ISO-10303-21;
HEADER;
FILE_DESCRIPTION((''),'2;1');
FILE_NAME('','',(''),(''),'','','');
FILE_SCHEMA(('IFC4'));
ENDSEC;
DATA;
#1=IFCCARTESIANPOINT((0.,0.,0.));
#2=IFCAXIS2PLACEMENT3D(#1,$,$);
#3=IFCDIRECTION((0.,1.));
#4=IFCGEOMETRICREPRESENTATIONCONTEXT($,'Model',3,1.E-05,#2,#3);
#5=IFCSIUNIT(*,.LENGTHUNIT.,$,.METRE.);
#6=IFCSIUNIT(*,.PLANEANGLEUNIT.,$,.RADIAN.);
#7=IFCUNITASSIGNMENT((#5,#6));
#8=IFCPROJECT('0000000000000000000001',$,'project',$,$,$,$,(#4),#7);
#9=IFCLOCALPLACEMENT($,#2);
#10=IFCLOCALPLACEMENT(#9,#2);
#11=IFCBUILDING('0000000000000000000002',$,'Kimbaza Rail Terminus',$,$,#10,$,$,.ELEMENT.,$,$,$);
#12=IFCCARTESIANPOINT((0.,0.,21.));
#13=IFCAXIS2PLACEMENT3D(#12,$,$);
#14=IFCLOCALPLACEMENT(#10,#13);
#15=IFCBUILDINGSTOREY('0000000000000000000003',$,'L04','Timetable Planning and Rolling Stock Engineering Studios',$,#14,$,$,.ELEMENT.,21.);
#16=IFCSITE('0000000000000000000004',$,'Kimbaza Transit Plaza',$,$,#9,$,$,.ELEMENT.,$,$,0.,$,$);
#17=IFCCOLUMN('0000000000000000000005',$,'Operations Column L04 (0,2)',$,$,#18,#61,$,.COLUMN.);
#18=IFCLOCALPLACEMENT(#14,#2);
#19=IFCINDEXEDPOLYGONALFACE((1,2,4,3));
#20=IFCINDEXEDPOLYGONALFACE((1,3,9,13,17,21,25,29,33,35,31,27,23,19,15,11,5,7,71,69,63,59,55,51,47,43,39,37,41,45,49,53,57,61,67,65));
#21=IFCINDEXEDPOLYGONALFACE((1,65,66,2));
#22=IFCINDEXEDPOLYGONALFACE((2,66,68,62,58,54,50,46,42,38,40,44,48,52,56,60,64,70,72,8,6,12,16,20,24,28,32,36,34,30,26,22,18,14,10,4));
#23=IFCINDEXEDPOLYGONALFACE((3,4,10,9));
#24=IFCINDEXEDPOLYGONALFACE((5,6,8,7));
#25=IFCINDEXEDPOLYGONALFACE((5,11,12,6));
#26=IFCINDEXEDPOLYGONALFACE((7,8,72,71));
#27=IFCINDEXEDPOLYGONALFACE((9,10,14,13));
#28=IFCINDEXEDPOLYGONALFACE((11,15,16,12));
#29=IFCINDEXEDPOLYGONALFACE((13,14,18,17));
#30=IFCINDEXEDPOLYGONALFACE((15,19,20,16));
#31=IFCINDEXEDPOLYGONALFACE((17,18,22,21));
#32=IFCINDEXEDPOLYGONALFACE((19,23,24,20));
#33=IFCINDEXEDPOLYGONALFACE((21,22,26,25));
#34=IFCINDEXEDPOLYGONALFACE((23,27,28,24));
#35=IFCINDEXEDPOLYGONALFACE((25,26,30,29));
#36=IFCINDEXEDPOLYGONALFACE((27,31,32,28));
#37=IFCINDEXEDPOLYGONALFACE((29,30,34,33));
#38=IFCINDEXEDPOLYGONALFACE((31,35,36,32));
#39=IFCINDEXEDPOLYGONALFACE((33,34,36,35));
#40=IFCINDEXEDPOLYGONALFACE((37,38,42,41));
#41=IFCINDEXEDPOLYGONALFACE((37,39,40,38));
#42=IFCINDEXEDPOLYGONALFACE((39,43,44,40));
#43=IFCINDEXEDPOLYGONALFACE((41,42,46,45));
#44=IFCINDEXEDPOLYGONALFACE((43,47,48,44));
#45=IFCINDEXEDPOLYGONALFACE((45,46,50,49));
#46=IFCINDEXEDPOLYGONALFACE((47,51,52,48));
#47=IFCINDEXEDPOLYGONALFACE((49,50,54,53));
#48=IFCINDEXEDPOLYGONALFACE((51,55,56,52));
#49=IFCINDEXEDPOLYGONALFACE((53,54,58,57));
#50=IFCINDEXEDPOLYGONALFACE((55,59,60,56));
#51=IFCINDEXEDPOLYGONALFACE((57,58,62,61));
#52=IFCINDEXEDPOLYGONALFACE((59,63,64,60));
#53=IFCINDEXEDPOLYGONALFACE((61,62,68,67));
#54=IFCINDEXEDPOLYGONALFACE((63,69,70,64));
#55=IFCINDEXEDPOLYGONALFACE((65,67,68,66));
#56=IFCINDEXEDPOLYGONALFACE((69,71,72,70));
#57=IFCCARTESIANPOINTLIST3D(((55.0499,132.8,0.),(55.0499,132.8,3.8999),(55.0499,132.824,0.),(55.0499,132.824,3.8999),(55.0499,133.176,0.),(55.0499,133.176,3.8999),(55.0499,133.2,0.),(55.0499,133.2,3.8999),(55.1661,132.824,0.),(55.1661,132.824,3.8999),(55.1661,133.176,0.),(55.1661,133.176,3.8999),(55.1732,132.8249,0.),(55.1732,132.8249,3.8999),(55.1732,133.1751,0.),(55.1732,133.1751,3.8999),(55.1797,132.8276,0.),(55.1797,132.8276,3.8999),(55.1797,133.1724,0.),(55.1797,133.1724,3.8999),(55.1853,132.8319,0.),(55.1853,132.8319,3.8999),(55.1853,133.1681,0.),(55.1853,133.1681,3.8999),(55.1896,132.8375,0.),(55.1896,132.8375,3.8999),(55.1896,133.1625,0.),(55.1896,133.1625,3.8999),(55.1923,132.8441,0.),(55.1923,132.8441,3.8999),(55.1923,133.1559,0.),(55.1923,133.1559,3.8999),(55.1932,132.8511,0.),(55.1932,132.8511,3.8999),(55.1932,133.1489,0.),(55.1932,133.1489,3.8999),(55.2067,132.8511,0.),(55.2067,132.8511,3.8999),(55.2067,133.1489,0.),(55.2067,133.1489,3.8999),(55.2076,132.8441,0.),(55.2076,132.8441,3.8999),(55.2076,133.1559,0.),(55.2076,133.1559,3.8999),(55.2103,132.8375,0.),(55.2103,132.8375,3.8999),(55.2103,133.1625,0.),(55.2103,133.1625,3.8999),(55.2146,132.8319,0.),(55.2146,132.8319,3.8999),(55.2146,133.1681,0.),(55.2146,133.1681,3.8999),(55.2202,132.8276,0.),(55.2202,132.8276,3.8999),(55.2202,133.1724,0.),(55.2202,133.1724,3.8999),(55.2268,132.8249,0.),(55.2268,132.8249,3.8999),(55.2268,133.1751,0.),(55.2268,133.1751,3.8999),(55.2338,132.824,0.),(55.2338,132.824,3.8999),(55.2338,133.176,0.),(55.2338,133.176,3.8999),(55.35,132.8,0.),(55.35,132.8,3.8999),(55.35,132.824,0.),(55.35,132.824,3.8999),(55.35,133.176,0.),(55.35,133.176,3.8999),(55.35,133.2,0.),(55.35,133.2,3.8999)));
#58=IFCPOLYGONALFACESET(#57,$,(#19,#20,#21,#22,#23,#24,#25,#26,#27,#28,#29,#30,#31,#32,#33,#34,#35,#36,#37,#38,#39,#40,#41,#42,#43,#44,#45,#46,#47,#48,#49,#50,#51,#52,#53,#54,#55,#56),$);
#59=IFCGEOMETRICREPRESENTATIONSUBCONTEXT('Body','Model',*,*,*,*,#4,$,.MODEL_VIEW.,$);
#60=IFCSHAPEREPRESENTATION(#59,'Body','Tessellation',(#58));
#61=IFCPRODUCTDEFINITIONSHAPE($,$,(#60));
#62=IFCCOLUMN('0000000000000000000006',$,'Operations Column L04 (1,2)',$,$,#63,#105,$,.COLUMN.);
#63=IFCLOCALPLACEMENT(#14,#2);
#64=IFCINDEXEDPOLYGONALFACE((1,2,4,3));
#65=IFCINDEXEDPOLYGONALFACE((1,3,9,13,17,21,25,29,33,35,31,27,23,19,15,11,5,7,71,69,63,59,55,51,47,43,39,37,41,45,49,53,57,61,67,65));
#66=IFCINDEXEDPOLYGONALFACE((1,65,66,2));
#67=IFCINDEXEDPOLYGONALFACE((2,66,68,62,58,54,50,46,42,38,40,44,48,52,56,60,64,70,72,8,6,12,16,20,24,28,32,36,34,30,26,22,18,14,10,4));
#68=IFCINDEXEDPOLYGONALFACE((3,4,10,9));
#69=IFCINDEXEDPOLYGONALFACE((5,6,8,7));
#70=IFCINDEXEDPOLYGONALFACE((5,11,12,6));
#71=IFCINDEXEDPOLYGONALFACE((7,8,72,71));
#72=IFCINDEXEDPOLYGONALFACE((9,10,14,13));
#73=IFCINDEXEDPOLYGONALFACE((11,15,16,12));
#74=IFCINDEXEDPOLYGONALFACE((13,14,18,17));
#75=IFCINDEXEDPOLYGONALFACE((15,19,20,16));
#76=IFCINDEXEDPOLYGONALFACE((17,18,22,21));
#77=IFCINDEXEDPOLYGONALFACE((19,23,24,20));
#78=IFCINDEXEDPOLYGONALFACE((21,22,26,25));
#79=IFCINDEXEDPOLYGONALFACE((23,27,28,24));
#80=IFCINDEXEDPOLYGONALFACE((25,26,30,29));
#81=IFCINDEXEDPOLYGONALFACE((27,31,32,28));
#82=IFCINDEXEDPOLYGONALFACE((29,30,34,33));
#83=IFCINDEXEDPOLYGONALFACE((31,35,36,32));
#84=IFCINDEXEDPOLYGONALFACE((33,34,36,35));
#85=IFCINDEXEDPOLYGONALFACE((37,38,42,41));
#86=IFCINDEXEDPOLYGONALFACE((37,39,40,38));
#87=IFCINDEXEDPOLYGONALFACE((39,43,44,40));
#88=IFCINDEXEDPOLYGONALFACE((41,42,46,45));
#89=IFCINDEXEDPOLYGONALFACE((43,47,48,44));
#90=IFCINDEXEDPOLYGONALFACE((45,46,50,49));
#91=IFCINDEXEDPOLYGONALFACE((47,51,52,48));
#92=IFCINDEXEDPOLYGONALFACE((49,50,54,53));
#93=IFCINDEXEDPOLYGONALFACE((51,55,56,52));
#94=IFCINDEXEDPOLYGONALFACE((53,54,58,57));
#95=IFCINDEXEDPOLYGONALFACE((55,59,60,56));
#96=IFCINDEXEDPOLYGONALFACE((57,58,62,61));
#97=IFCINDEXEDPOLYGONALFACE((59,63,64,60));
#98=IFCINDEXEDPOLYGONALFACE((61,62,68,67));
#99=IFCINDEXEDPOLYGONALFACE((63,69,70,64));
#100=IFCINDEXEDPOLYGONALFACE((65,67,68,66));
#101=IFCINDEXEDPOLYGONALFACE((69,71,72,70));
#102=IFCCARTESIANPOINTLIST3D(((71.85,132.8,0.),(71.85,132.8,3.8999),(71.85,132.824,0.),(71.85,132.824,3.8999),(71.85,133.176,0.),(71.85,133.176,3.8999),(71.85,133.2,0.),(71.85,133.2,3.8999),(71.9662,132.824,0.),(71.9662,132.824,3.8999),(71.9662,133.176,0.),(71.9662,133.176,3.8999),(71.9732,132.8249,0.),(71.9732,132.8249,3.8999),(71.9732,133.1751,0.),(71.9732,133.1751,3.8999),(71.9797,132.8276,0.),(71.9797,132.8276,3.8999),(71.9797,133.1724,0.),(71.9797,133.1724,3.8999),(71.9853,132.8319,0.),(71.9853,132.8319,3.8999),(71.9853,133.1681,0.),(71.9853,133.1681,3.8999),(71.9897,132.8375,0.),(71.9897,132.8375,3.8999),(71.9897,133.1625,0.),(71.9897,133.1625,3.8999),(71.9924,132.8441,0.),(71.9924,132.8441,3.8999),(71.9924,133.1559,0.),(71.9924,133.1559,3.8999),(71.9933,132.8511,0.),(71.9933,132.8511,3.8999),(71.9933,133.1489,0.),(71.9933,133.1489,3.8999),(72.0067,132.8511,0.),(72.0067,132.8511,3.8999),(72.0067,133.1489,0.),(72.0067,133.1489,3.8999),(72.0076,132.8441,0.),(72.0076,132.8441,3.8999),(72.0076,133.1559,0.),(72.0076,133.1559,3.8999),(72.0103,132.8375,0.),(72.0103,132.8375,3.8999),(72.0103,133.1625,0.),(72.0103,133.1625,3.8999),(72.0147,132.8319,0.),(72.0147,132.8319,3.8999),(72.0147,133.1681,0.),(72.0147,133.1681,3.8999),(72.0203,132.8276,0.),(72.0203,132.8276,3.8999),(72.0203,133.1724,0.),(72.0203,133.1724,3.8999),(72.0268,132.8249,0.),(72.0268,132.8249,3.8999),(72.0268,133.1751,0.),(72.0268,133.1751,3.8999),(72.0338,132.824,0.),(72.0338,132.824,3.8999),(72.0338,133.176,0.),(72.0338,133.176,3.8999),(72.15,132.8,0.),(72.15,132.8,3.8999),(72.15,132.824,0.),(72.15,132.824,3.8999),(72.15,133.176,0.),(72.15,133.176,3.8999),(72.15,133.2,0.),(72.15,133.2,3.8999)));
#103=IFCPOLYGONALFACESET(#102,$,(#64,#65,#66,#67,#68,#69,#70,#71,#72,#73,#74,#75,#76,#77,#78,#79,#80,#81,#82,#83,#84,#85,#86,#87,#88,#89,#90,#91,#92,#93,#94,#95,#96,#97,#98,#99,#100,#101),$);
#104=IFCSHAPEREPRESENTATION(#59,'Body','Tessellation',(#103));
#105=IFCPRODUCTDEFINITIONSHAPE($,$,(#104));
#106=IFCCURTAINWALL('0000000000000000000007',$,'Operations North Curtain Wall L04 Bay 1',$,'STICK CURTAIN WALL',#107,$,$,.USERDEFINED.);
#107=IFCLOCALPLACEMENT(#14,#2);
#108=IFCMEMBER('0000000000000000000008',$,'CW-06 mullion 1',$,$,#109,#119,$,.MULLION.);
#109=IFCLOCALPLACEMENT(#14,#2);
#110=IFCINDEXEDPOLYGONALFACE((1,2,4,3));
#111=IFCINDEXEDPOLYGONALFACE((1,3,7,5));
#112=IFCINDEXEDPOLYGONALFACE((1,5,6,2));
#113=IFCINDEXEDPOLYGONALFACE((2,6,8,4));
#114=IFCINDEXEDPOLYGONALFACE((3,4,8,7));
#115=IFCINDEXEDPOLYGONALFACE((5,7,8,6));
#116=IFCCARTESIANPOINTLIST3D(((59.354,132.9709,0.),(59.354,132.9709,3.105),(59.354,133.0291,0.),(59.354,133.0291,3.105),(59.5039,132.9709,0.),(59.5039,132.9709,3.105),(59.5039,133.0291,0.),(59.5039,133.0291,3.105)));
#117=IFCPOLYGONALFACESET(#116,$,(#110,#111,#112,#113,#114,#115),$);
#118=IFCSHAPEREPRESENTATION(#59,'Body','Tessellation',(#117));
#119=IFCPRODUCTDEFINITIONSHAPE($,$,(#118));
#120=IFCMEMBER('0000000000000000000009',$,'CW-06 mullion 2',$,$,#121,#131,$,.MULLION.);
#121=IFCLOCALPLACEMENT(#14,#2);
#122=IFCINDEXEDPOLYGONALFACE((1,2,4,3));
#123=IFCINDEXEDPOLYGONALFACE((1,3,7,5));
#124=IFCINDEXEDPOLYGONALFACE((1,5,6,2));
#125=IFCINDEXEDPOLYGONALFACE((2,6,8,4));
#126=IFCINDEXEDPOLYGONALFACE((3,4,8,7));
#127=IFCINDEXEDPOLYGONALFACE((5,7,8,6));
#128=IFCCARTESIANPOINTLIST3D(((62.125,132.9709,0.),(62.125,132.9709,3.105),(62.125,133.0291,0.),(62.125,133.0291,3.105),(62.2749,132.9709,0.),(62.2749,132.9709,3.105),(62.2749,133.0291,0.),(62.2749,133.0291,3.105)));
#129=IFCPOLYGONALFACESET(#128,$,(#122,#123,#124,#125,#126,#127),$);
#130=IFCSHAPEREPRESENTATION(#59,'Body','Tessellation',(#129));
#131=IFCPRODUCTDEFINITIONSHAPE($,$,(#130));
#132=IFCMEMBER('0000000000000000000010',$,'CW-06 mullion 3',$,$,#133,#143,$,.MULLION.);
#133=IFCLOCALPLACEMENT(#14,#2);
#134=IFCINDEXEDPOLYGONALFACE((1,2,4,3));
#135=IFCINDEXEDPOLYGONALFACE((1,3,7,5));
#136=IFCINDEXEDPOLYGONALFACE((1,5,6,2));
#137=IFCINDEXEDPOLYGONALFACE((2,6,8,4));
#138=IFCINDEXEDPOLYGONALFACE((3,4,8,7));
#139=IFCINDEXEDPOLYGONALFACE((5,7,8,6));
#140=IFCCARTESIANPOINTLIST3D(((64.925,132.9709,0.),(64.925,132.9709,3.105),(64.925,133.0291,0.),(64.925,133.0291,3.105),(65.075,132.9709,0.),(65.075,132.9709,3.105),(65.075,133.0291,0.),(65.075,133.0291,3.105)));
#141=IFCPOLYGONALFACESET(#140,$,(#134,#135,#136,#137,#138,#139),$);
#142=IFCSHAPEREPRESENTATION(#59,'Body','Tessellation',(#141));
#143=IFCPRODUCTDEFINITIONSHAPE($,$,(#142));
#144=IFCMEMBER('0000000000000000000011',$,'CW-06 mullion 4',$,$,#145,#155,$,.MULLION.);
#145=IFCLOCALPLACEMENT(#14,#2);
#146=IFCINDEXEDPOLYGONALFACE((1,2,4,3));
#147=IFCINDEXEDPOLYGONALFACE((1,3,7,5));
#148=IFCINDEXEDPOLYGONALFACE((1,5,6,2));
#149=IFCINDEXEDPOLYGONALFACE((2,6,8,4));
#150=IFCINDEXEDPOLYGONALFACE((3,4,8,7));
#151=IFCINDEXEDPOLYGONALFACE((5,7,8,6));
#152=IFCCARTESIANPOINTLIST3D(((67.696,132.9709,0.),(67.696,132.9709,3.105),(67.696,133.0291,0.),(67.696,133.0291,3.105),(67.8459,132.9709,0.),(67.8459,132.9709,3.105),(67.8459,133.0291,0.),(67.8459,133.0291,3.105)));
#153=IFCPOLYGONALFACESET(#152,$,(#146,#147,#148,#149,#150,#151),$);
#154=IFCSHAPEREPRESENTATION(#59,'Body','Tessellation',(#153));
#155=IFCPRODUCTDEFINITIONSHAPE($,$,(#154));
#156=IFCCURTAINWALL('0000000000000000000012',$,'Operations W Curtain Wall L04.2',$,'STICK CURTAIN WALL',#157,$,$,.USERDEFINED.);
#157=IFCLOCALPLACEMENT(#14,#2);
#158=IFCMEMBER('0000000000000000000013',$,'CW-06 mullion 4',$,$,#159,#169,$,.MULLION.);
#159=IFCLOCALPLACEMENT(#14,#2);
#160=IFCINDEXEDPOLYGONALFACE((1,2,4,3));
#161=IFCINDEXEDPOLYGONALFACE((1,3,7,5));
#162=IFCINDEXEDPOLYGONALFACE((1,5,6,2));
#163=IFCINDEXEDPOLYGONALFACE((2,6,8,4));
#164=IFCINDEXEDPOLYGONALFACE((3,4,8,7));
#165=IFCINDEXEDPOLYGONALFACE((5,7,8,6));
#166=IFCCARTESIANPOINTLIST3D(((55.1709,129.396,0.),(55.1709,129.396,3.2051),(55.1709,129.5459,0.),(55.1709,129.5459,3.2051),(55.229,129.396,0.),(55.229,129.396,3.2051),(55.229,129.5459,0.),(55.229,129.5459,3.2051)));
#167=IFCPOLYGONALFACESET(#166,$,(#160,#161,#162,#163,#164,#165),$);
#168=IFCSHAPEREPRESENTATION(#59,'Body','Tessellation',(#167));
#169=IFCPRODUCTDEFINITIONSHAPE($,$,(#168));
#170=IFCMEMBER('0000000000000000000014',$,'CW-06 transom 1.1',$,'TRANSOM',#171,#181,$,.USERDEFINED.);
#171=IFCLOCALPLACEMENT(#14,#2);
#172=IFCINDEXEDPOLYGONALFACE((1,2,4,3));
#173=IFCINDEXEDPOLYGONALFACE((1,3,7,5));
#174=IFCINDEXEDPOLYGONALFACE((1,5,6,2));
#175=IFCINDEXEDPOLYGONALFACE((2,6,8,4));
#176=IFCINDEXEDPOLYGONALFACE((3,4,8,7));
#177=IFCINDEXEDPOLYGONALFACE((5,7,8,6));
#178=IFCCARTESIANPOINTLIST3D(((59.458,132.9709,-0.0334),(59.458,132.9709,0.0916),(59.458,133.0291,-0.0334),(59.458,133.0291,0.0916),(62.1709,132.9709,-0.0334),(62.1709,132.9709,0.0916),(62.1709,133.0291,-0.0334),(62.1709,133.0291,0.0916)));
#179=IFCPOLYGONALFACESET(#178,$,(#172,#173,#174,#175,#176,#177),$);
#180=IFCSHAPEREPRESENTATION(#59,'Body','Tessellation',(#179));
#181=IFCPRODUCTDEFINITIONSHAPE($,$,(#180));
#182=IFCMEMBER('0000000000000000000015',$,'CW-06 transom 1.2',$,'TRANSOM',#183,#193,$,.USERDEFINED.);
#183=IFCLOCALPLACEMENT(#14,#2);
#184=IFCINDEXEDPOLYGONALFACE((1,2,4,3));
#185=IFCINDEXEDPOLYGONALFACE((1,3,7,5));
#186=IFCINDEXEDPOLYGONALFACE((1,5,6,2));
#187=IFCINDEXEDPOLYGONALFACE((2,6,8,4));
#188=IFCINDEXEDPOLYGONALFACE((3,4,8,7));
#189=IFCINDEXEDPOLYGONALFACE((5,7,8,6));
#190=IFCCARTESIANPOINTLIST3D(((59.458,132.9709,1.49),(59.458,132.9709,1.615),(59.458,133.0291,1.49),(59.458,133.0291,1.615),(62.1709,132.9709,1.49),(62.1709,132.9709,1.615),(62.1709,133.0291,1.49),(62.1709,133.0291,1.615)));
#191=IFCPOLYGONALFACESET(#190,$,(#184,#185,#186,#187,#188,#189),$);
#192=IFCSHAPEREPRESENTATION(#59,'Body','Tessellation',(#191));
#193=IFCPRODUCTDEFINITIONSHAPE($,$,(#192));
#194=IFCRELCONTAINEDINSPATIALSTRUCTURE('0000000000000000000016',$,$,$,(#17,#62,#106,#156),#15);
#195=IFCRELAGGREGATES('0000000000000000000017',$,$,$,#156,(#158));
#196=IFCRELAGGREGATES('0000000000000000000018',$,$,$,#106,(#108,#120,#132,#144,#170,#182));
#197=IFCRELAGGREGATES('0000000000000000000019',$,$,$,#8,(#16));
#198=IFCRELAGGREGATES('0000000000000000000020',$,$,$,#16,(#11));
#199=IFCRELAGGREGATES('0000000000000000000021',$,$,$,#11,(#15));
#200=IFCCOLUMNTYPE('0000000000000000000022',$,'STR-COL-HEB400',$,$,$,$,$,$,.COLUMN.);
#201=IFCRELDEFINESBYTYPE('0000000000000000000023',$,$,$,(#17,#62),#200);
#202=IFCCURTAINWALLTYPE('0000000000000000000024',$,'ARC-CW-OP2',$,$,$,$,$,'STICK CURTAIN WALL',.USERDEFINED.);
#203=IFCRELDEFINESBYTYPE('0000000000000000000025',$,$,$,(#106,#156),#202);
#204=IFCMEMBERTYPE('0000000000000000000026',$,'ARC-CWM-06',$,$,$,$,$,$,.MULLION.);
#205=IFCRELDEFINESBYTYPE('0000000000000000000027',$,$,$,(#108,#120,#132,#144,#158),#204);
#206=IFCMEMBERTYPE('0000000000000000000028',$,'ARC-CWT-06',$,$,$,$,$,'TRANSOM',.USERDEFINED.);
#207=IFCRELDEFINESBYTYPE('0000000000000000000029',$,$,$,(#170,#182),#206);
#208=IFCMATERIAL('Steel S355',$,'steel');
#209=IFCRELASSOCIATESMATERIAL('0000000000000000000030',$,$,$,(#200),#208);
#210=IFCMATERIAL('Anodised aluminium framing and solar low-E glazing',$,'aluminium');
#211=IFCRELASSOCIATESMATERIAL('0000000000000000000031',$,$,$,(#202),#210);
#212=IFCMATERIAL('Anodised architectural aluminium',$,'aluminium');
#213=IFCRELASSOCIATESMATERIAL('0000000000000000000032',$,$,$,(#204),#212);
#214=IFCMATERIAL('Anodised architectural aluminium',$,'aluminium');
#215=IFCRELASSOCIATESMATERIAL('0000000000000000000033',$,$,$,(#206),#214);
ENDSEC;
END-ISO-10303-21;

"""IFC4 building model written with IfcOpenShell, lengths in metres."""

from ifc_helpers import new_model, si_unit, direction, frame, origin, origin_2d, place, context, subcontext, project, spatial, rectangle, i_section, extrude, material, material_profile, profile_set, type_object, element, aggregate, save


model = new_model("IFC4")

# Units and contexts
model_context = context("Model", 3, precision=1e-05, world=origin(), true_north=direction((0.0, 1.0)))
body_context = subcontext(model_context, "Body", "Model", "MODEL_VIEW")
ifc_project = project(units=[si_unit("LENGTHUNIT", "METRE"), si_unit("PLANEANGLEUNIT", "RADIAN")], contexts=[model_context])

# Site, building, storey
site_placement = place(None, origin())
site = spatial("IfcSite", under=ifc_project, at=site_placement, Name="Kimbaza Transit Plaza", CompositionType="ELEMENT", RefElevation=0.0)
building_placement = place(site_placement, origin())
building = spatial("IfcBuilding", under=site, at=building_placement, Name="Kimbaza Rail Terminus", CompositionType="ELEMENT")
storey_placement = place(building_placement, frame((0.0, 0.0, 21.0)))
storey = spatial("IfcBuildingStorey", under=building, at=storey_placement, Name="L04", Description="Timetable Planning and Rolling Stock Engineering Studios", CompositionType="ELEMENT", Elevation=21.0)

# Columns
ifc_material_1 = material(Name="Steel S355", Category="steel")
ifc_material_profile_1 = material_profile(ifc_material_1, i_section(OverallWidth=0.3, OverallDepth=0.3999, WebThickness=0.0134, FlangeThickness=0.0239, FilletRadius=0.0271, at=origin_2d()), Name="HEB 400")
ifc_profile_set_1 = profile_set([ifc_material_profile_1], Name="Steel S355")
column_type = type_object("IfcColumnType", Name="STR-COL-HEB400", PredefinedType="COLUMN", material=ifc_profile_set_1)
for number, where, z_axis, x_axis, name in (
    (1, (55.2, 133.0, 0.0), (0.0, 0.0, 1.0), (1.0, 0.0, 0.0), "Operations Column L04 (0,2)"),
    (2, (72.0, 133.0, 0.0), (0.0, 0.0, 1.0), (1.0, 0.0, 0.0), "Operations Column L04 (1,2)"),
):
    element("IfcColumn", number, at=place(storey_placement, frame(where, z_axis=z_axis, x_axis=x_axis)), inside=storey, type_object=column_type, Name=name, PredefinedType="COLUMN", context=body_context, shape_type="SweptSolid", body=[
        extrude(i_section(OverallWidth=0.3, OverallDepth=0.3999, WebThickness=0.0134, FlangeThickness=0.0239, FilletRadius=0.0271, at=origin_2d()), origin(), (0.0, 0.0, 1.0), 3.8999),
    ])

# Curtain wall, members
ifc_material_2 = material(Name="Anodised aluminium framing and solar low-E glazing", Category="aluminium")
curtain_wall_type = type_object("IfcCurtainWallType", Name="ARC-CW-OP2", ElementType="STICK CURTAIN WALL", PredefinedType="USERDEFINED", material=ifc_material_2)
curtain_wall_1_placement = place(storey_placement, origin())
curtain_wall_1 = element("IfcCurtainWall", 3, at=curtain_wall_1_placement, inside=storey, type_object=curtain_wall_type, Name="Operations North Curtain Wall L04 Bay 1", ObjectType="STICK CURTAIN WALL", PredefinedType="USERDEFINED")
ifc_material_3 = material(Name="Anodised architectural aluminium", Category="aluminium")
ifc_material_profile_2 = material_profile(ifc_material_3, rectangle(XDim=0.0581, YDim=0.1499, at=origin_2d()), Name="MULLION 58x150")
ifc_profile_set_2 = profile_set([ifc_material_profile_2], Name="Anodised architectural aluminium")
member_type_1 = type_object("IfcMemberType", Name="ARC-CWM-06", PredefinedType="MULLION", material=ifc_profile_set_2)
member_1_placement = place(storey_placement, frame((59.429, 133.0, 0.0), z_axis=(0.0, 0.0, 1.0), x_axis=(0.0, 1.0, 0.0)))
member_1 = element("IfcMember", 4, at=member_1_placement, type_object=member_type_1, Name="CW-06 mullion 1", PredefinedType="MULLION", context=body_context, shape_type="SweptSolid", body=[
    extrude(rectangle(XDim=0.0581, YDim=0.1499, at=origin_2d()), origin(), (0.0, 0.0, 1.0), 3.105),
])
member_2_placement = place(storey_placement, frame((62.2, 133.0, 0.0), z_axis=(0.0, 0.0, 1.0), x_axis=(0.0, 1.0, 0.0)))
member_2 = element("IfcMember", 5, at=member_2_placement, type_object=member_type_1, Name="CW-06 mullion 2", PredefinedType="MULLION", context=body_context, shape_type="SweptSolid", body=[
    extrude(rectangle(XDim=0.0581, YDim=0.1499, at=origin_2d()), origin(), (0.0, 0.0, 1.0), 3.105),
])
member_3_placement = place(storey_placement, frame((65.0, 133.0, 0.0), z_axis=(0.0, 0.0, 1.0), x_axis=(0.0, 1.0, 0.0)))
member_3 = element("IfcMember", 6, at=member_3_placement, type_object=member_type_1, Name="CW-06 mullion 3", PredefinedType="MULLION", context=body_context, shape_type="SweptSolid", body=[
    extrude(rectangle(XDim=0.0581, YDim=0.1499, at=origin_2d()), origin(), (0.0, 0.0, 1.0), 3.105),
])
member_4_placement = place(storey_placement, frame((67.771, 133.0, 0.0), z_axis=(0.0, 0.0, 1.0), x_axis=(0.0, 1.0, 0.0)))
member_4 = element("IfcMember", 7, at=member_4_placement, type_object=member_type_1, Name="CW-06 mullion 4", PredefinedType="MULLION", context=body_context, shape_type="SweptSolid", body=[
    extrude(rectangle(XDim=0.0581, YDim=0.1499, at=origin_2d()), origin(), (0.0, 0.0, 1.0), 3.105),
])

# Curtain wall, member
curtain_wall_2_placement = place(storey_placement, origin())
curtain_wall_2 = element("IfcCurtainWall", 8, at=curtain_wall_2_placement, inside=storey, type_object=curtain_wall_type, Name="Operations W Curtain Wall L04.2", ObjectType="STICK CURTAIN WALL", PredefinedType="USERDEFINED")
member_5_placement = place(storey_placement, frame((55.2, 129.4709, 0.0), z_axis=(0.0, 0.0, 1.0), x_axis=(-1.0, 0.0, 0.0)))
member_5 = element("IfcMember", 9, at=member_5_placement, type_object=member_type_1, Name="CW-06 mullion 4", PredefinedType="MULLION", context=body_context, shape_type="SweptSolid", body=[
    extrude(rectangle(XDim=0.0581, YDim=0.1499, at=origin_2d()), origin(), (0.0, 0.0, 1.0), 3.2051),
])
aggregate(curtain_wall_2, [member_5])

# Members
ifc_material_4 = material(Name="Anodised architectural aluminium", Category="aluminium")
ifc_material_profile_3 = material_profile(ifc_material_4, rectangle(XDim=0.0581, YDim=0.125, at=origin_2d()), Name="TRANSOM 58x125")
ifc_profile_set_3 = profile_set([ifc_material_profile_3], Name="Anodised architectural aluminium")
member_type_2 = type_object("IfcMemberType", Name="ARC-CWT-06", ElementType="TRANSOM", PredefinedType="USERDEFINED", material=ifc_profile_set_3)
member_6_placement = place(storey_placement, frame((59.458, 133.0, 0.0291), z_axis=(1.0, 0.0, 0.0), x_axis=(0.0, 1.0, 0.0)))
member_6 = element("IfcMember", 10, at=member_6_placement, type_object=member_type_2, Name="CW-06 transom 1.1", ObjectType="TRANSOM", PredefinedType="USERDEFINED", context=body_context, shape_type="SweptSolid", body=[
    extrude(rectangle(XDim=0.0581, YDim=0.125, at=origin_2d()), origin(), (0.0, 0.0, 1.0), 2.7129),
])
member_7_placement = place(storey_placement, frame((59.458, 133.0, 1.5525), z_axis=(1.0, 0.0, 0.0), x_axis=(0.0, 1.0, 0.0)))
member_7 = element("IfcMember", 11, at=member_7_placement, type_object=member_type_2, Name="CW-06 transom 1.2", ObjectType="TRANSOM", PredefinedType="USERDEFINED", context=body_context, shape_type="SweptSolid", body=[
    extrude(rectangle(XDim=0.0581, YDim=0.125, at=origin_2d()), origin(), (0.0, 0.0, 1.0), 2.7129),
])

aggregate(curtain_wall_1, [member_1, member_2, member_3, member_4, member_6, member_7])

save(model, "model.ifc")
